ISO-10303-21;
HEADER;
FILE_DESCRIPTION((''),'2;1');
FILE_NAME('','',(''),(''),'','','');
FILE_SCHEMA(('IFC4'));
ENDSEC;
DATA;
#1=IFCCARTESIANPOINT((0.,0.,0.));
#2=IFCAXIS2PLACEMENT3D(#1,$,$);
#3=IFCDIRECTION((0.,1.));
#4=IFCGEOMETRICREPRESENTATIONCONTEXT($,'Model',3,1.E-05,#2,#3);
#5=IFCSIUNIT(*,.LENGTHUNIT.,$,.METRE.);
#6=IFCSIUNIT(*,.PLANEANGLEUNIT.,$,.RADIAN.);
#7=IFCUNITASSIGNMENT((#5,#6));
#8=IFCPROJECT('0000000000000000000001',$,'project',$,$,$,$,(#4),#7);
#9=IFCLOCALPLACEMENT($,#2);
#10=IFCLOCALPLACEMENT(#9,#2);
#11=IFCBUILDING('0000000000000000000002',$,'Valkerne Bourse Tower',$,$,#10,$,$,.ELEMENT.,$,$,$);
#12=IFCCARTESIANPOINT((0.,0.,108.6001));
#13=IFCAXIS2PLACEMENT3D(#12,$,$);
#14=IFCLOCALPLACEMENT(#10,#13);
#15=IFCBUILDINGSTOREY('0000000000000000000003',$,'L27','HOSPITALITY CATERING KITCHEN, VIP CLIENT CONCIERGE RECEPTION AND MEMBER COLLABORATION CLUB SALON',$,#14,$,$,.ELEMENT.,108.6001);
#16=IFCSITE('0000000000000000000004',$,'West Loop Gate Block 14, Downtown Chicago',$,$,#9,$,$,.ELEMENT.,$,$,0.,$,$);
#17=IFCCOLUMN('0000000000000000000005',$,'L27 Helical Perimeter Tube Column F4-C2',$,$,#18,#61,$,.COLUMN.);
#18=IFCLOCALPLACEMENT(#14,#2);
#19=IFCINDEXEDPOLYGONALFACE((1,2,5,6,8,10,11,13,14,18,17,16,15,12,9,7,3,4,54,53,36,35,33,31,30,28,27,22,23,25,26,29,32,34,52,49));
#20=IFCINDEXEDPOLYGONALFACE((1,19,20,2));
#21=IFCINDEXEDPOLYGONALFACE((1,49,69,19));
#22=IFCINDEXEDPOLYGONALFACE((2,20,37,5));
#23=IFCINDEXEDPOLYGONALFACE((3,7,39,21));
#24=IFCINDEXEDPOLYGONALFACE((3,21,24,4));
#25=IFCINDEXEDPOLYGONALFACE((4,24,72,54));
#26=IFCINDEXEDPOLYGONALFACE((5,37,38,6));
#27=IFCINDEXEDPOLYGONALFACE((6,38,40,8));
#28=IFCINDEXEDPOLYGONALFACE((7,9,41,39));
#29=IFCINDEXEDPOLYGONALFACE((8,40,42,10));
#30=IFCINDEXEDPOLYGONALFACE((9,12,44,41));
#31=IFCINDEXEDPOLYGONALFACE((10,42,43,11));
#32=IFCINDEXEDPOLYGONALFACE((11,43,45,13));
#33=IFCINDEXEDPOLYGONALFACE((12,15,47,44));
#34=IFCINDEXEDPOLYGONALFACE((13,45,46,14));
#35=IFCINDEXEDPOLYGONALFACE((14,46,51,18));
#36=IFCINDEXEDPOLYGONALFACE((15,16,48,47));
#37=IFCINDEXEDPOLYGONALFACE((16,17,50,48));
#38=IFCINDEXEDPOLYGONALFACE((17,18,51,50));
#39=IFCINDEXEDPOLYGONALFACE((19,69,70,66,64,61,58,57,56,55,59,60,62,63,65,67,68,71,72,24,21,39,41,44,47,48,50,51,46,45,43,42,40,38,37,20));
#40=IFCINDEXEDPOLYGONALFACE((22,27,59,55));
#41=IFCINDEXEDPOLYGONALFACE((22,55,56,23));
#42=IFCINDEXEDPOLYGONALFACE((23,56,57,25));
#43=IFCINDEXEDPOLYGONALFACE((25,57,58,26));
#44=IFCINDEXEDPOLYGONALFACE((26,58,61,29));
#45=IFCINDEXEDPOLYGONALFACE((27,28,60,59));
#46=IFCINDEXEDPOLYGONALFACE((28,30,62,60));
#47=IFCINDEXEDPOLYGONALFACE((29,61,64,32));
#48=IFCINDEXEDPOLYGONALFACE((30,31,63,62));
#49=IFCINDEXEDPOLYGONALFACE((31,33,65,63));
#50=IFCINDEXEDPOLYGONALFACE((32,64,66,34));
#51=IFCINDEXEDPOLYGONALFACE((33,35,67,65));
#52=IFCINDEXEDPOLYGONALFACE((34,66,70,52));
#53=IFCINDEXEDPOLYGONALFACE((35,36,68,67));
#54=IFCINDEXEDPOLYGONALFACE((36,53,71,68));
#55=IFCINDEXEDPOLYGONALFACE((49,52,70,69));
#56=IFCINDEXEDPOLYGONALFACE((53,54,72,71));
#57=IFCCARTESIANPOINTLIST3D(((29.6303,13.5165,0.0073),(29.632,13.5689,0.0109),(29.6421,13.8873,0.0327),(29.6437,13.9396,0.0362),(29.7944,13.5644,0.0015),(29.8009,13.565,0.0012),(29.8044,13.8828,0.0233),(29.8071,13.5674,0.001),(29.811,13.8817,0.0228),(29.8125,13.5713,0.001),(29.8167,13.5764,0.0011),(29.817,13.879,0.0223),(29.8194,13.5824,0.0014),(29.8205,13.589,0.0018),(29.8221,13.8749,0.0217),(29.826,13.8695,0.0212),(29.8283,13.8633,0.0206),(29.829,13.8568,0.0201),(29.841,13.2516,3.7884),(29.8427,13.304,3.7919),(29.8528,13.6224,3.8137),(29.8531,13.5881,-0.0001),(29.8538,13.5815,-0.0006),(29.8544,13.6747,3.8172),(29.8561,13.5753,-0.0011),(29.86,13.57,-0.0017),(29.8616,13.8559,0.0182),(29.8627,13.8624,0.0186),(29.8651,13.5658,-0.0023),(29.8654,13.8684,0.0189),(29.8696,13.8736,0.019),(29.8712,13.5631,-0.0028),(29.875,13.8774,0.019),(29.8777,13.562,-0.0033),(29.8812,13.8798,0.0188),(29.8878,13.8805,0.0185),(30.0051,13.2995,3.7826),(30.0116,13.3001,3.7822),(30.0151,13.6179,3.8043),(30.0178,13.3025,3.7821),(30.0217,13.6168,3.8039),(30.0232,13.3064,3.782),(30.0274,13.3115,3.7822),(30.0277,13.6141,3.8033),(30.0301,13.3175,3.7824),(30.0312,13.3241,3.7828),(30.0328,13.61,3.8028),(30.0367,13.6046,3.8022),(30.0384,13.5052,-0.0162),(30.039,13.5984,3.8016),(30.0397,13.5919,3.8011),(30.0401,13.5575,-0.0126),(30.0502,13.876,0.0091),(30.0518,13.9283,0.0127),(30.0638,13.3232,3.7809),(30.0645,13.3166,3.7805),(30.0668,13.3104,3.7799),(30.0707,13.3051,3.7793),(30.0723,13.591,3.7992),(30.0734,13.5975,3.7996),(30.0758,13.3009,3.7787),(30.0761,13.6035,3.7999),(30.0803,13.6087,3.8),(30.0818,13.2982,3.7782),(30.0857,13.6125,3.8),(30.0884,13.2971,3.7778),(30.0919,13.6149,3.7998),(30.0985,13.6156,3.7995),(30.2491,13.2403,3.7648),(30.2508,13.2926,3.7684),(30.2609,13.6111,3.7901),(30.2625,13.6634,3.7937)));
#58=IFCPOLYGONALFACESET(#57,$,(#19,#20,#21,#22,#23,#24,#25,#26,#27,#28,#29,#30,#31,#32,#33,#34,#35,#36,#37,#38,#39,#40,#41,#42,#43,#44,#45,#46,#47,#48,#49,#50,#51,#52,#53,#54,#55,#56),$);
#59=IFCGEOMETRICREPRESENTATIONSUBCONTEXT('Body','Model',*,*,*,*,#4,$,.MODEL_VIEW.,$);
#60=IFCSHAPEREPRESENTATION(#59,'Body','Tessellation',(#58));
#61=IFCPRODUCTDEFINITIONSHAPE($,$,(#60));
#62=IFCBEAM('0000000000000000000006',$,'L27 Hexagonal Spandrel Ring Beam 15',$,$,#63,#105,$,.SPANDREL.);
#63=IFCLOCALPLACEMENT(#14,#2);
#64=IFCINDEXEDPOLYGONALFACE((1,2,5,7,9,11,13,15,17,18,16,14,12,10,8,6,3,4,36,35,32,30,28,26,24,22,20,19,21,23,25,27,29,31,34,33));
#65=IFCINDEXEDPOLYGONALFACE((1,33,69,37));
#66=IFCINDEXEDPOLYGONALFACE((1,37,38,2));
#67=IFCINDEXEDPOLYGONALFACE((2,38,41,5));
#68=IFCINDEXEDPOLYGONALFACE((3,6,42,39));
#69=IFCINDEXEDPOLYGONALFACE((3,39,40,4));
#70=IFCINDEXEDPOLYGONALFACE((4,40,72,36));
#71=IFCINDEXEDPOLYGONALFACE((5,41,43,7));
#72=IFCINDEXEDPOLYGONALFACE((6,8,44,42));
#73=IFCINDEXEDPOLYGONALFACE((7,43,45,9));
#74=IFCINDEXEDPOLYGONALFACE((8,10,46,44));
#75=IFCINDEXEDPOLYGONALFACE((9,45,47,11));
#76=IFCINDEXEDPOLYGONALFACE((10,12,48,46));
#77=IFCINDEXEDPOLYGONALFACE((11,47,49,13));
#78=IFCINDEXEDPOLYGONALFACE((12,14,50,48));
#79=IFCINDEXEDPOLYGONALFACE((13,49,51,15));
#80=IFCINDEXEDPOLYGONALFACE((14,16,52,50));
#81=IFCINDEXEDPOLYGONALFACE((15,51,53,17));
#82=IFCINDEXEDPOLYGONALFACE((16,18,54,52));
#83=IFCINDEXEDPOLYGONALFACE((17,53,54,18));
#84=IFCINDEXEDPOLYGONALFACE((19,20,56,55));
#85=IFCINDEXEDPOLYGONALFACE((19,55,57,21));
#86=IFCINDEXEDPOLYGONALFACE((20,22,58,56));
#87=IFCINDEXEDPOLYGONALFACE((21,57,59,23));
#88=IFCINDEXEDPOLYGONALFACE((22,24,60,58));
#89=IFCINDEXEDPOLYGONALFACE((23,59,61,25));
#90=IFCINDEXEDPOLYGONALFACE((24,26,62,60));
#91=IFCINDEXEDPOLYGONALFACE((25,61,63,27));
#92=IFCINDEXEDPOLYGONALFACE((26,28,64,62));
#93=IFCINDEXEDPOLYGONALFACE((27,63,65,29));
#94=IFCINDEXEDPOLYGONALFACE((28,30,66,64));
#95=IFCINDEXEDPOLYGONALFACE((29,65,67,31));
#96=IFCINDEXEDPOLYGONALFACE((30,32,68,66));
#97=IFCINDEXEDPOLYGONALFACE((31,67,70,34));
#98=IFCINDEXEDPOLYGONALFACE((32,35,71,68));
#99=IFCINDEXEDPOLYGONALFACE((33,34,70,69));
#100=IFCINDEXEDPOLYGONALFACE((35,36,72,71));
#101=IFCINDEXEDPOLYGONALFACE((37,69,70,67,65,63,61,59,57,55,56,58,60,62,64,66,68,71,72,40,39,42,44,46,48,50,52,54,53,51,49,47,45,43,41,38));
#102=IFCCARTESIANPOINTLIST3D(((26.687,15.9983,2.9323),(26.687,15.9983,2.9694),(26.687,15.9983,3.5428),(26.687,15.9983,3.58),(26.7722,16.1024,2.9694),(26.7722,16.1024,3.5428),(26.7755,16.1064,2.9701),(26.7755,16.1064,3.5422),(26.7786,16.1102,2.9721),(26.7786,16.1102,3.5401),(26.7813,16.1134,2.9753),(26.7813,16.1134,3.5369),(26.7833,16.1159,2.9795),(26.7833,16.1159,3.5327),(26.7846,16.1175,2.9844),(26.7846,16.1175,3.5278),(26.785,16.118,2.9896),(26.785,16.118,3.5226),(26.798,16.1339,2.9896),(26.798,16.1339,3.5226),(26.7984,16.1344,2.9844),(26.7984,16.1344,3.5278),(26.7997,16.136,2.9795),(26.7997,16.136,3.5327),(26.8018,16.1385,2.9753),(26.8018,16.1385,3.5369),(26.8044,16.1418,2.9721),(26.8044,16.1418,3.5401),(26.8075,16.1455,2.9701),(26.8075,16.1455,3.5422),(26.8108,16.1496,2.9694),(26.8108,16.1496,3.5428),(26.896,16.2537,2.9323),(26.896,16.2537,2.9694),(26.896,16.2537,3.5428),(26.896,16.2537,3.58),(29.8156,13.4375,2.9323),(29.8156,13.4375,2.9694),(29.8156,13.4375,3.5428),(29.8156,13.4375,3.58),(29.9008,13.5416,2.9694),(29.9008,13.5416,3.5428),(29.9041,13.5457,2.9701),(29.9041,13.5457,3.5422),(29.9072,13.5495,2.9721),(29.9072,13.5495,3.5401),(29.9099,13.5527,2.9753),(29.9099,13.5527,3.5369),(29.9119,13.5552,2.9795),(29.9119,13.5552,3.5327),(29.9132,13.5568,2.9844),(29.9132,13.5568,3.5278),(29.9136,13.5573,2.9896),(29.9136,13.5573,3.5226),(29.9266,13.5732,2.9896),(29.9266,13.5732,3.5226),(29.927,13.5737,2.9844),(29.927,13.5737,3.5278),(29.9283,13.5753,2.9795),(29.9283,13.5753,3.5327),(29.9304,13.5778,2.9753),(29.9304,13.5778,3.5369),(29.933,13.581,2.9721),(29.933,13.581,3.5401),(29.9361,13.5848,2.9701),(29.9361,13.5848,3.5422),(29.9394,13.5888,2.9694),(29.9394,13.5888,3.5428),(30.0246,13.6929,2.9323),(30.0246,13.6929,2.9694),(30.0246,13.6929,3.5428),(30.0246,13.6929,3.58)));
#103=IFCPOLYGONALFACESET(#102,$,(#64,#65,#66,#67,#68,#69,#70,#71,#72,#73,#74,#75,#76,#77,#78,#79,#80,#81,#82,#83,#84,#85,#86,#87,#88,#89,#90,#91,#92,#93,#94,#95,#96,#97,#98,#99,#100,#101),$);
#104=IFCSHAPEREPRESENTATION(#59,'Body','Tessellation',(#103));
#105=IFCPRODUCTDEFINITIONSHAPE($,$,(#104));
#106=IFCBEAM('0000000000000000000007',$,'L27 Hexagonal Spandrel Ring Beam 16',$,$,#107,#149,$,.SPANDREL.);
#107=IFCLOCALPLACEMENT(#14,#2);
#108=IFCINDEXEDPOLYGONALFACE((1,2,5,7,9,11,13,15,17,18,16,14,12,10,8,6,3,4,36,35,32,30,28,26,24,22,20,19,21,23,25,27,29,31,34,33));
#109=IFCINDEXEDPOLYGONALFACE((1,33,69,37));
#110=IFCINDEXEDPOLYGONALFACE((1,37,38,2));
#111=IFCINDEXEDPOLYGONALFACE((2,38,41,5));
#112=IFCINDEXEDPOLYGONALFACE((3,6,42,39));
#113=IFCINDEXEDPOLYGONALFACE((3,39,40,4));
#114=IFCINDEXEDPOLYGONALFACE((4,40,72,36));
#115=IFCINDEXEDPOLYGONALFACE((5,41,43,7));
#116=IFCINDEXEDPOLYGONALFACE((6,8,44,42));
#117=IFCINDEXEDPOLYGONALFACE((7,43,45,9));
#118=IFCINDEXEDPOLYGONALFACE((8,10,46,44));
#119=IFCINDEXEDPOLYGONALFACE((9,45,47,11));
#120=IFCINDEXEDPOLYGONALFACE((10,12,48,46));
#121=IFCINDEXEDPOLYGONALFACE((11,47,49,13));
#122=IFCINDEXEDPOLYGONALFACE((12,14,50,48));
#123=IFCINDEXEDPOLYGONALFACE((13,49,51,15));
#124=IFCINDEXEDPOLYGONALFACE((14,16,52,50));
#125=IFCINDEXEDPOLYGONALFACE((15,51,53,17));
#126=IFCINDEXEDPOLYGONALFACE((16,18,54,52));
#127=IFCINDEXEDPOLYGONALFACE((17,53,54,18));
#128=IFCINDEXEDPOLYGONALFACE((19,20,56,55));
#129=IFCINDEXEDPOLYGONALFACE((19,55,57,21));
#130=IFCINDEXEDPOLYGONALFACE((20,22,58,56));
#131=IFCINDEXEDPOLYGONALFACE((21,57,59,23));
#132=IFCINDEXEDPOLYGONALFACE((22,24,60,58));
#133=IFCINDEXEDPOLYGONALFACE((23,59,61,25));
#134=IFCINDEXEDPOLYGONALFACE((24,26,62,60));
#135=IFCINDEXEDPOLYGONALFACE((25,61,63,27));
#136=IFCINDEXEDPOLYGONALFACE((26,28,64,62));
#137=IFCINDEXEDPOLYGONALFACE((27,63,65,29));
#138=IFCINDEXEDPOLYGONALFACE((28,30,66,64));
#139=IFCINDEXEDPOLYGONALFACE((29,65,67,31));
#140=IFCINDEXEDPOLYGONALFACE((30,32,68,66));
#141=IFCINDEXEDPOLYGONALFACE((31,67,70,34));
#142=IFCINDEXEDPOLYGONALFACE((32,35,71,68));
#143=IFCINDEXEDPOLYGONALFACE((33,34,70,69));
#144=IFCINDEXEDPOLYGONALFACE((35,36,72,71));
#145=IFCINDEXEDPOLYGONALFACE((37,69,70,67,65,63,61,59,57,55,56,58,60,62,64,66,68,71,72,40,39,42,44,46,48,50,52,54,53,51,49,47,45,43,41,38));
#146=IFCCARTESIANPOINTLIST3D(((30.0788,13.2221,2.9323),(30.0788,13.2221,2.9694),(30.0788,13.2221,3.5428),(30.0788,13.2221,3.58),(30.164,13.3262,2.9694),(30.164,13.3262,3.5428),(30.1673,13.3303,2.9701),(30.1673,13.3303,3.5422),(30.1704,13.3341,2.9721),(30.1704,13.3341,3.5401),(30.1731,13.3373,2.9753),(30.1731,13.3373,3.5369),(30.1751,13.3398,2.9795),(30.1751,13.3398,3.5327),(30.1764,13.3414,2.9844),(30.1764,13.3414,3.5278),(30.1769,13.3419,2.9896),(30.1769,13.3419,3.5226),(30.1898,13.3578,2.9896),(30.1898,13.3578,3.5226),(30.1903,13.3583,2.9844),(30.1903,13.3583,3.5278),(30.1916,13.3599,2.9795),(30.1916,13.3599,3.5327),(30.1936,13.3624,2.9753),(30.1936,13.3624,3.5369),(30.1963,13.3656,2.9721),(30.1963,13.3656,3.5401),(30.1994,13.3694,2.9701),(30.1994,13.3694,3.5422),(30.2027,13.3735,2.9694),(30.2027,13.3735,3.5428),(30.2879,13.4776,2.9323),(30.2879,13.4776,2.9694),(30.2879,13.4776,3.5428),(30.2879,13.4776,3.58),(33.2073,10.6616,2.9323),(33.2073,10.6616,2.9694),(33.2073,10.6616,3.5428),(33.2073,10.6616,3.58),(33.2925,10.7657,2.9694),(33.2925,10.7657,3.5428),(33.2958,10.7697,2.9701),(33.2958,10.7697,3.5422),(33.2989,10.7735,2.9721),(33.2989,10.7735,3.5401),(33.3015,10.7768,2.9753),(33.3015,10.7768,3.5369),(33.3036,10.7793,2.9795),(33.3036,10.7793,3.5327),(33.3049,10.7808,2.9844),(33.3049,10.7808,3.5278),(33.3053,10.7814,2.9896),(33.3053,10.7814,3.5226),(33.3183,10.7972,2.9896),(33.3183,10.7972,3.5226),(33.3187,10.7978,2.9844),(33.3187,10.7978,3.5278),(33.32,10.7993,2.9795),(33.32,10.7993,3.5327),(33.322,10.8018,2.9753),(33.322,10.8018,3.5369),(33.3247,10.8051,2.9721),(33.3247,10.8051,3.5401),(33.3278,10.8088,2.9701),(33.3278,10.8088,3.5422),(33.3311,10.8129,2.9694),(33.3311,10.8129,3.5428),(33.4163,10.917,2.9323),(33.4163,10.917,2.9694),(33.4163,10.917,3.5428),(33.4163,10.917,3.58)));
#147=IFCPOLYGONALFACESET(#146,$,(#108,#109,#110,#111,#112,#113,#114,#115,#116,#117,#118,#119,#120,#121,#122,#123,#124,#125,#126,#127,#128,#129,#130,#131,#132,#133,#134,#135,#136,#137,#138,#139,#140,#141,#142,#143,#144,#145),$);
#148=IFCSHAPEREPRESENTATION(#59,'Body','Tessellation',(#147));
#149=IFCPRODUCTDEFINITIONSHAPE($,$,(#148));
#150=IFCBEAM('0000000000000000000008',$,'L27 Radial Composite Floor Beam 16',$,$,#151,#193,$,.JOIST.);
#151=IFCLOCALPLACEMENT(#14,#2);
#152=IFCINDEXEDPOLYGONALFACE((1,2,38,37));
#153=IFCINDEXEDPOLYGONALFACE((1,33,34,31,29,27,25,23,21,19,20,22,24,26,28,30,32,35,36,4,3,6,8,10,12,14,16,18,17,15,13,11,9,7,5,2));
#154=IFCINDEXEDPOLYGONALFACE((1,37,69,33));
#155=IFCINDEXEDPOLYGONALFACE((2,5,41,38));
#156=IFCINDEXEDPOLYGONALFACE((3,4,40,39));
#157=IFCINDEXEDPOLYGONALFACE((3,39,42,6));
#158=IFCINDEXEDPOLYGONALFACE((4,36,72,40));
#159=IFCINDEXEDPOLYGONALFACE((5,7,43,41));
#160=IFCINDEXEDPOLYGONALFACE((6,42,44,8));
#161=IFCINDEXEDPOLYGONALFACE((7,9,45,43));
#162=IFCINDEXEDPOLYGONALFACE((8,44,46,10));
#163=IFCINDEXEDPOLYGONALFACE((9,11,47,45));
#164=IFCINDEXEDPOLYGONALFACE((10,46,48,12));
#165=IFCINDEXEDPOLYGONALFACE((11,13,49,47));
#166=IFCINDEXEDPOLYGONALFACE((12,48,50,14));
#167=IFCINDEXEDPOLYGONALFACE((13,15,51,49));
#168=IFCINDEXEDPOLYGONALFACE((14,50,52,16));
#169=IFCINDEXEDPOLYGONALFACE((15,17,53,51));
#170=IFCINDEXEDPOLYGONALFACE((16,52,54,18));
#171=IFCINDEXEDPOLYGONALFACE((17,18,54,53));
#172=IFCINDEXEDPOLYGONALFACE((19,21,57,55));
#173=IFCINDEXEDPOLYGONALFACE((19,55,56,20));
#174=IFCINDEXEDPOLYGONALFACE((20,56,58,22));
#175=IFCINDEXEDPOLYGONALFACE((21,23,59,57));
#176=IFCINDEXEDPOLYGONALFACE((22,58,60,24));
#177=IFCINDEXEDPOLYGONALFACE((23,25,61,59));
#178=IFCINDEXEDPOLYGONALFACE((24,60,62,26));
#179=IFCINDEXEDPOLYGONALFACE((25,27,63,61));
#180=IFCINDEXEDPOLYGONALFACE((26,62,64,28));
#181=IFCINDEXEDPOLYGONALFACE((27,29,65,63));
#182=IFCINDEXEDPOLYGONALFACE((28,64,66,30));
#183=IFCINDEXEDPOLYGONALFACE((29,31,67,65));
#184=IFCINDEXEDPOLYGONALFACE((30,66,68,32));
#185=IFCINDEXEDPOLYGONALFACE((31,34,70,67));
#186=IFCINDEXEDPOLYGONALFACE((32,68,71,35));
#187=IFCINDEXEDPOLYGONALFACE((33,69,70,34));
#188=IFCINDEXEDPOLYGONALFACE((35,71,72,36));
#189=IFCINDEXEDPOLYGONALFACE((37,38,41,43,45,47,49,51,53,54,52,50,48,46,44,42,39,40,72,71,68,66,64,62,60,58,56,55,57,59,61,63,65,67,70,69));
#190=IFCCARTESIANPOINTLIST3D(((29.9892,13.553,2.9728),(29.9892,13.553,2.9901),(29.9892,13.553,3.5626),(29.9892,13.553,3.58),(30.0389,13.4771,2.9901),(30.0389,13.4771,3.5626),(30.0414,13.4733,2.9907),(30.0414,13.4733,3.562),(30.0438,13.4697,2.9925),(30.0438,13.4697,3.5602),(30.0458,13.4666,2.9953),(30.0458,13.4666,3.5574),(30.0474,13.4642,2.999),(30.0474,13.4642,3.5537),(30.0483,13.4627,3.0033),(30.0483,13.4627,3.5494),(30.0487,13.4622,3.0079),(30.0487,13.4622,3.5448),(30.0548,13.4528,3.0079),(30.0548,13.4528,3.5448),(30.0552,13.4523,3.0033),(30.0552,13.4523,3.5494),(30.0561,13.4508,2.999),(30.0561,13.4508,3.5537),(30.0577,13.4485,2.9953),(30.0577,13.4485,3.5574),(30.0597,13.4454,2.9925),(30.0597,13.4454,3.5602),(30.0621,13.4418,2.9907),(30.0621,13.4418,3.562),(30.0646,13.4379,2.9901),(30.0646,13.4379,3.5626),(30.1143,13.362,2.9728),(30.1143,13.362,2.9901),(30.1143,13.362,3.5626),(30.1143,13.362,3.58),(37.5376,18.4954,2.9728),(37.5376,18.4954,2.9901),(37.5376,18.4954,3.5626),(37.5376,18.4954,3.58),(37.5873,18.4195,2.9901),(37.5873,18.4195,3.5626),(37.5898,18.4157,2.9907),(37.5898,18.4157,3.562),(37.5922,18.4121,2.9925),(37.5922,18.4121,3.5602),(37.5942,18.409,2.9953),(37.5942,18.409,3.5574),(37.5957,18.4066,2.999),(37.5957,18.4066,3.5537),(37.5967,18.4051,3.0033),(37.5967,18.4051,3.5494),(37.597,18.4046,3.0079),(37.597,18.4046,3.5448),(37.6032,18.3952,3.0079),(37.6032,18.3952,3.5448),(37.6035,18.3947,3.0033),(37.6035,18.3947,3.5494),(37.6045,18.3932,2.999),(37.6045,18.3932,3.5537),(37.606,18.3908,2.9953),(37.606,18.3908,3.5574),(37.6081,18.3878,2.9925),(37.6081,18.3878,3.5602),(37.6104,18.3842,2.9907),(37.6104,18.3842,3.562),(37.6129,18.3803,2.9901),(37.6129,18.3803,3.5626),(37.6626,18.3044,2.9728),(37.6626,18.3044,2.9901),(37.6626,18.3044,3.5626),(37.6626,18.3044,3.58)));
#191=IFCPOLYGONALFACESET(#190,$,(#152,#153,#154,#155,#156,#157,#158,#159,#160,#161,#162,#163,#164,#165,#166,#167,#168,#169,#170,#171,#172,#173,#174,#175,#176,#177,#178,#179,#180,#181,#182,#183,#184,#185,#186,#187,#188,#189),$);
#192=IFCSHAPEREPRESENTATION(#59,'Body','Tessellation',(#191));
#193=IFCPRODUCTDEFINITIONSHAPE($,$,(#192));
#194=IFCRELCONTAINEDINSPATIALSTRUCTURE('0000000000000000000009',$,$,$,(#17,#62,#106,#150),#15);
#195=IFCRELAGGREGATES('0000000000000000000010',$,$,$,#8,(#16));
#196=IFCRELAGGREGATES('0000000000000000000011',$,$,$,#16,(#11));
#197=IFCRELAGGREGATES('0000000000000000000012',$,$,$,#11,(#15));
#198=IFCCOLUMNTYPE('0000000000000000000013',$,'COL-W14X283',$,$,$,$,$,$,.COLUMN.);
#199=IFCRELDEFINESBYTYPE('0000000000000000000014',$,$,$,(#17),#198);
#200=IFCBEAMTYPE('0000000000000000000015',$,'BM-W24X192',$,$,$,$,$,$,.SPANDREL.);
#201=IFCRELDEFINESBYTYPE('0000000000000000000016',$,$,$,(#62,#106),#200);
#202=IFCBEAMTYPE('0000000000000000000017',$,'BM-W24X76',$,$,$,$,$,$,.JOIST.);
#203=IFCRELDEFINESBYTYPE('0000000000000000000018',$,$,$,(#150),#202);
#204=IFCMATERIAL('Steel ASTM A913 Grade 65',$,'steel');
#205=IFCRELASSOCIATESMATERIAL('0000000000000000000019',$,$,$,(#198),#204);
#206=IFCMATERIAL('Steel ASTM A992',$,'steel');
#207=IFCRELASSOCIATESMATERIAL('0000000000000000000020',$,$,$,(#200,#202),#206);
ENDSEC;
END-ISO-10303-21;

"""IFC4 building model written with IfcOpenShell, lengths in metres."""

from ifc_helpers import new_model, si_unit, direction, frame, origin, origin_2d, place, context, subcontext, project, spatial, i_section, extrude, material, material_profile, profile_set, type_object, element, save


model = new_model("IFC4")

# Units and contexts
model_context = context("Model", 3, precision=1e-05, world=origin(), true_north=direction((0.0, 1.0)))
body_context = subcontext(model_context, "Body", "Model", "MODEL_VIEW")
ifc_project = project(units=[si_unit("LENGTHUNIT", "METRE"), si_unit("PLANEANGLEUNIT", "RADIAN")], contexts=[model_context])

# Site, building, storey
site_placement = place(None, origin())
site = spatial("IfcSite", under=ifc_project, at=site_placement, Name="West Loop Gate Block 14, Downtown Chicago", CompositionType="ELEMENT", RefElevation=0.0)
building_placement = place(site_placement, origin())
building = spatial("IfcBuilding", under=site, at=building_placement, Name="Valkerne Bourse Tower", CompositionType="ELEMENT")
storey_placement = place(building_placement, frame((0.0, 0.0, 108.6001)))
storey = spatial("IfcBuildingStorey", under=building, at=storey_placement, Name="L27", Description="HOSPITALITY CATERING KITCHEN, VIP CLIENT CONCIERGE RECEPTION AND MEMBER COLLABORATION CLUB SALON", CompositionType="ELEMENT", Elevation=108.6001)

# Column
ifc_material_1 = material(Name="Steel ASTM A913 Grade 65", Category="steel")
ifc_material_profile_1 = material_profile(ifc_material_1, i_section(OverallWidth=0.4089, OverallDepth=0.4243, WebThickness=0.0327, FlangeThickness=0.0525, FilletRadius=0.0254, at=origin_2d()), Name="W14X283")
ifc_profile_set_1 = profile_set([ifc_material_profile_1], Name="Steel ASTM A913 Grade 65")
column_type = type_object("IfcColumnType", Name="COL-W14X283", PredefinedType="COLUMN", material=ifc_profile_set_1)
column_placement = place(storey_placement, frame((29.8411, 13.7224, 0.01), z_axis=(0.055502, -0.06978, 0.996017), x_axis=(0.997959, -0.027681, -0.05755)))
element("IfcColumn", 1, at=column_placement, inside=storey, type_object=column_type, Name="L27 Helical Perimeter Tube Column F4-C2", PredefinedType="COLUMN", context=body_context, shape_type="SweptSolid", body=[
    extrude(i_section(OverallWidth=0.4089, OverallDepth=0.4243, WebThickness=0.0327, FlangeThickness=0.0525, FilletRadius=0.0254, at=origin_2d()), origin(), (0.0, 0.0, 1.0), 3.7961),
])

# Beams
ifc_material_2 = material(Name="Steel ASTM A992", Category="steel")
ifc_material_profile_2 = material_profile(ifc_material_2, i_section(OverallWidth=0.3301, OverallDepth=0.6477, WebThickness=0.0205, FlangeThickness=0.0371, FilletRadius=0.0203, at=origin_2d()), Name="W24X192")
ifc_profile_set_2 = profile_set([ifc_material_profile_2], Name="Steel ASTM A992")
beam_type_1 = type_object("IfcBeamType", Name="BM-W24X192", PredefinedType="SPANDREL", material=ifc_profile_set_2)
beam_1_placement = place(storey_placement, frame((26.7915, 16.126, 3.2561), z_axis=(0.773839, -0.633382, 0.0), x_axis=(0.633382, 0.773839, 0.0)))
element("IfcBeam", 2, at=beam_1_placement, inside=storey, type_object=beam_type_1, Name="L27 Hexagonal Spandrel Ring Beam 15", PredefinedType="SPANDREL", context=body_context, shape_type="SweptSolid", body=[
    extrude(i_section(OverallWidth=0.3301, OverallDepth=0.6477, WebThickness=0.0205, FlangeThickness=0.0371, FilletRadius=0.0203, at=origin_2d()), origin(), (0.0, 0.0, 1.0), 4.043),
])
beam_2_placement = place(storey_placement, frame((30.1833, 13.3499, 3.2561), z_axis=(0.773844, -0.633376, 0.0), x_axis=(0.633376, 0.773844, 0.0)))
element("IfcBeam", 3, at=beam_2_placement, inside=storey, type_object=beam_type_1, Name="L27 Hexagonal Spandrel Ring Beam 16", PredefinedType="SPANDREL", context=body_context, shape_type="SweptSolid", body=[
    extrude(i_section(OverallWidth=0.3301, OverallDepth=0.6477, WebThickness=0.0205, FlangeThickness=0.0371, FilletRadius=0.0203, at=origin_2d()), origin(), (0.0, 0.0, 1.0), 4.0427),
])
ifc_material_profile_3 = material_profile(ifc_material_2, i_section(OverallWidth=0.2283, OverallDepth=0.6072, WebThickness=0.0112, FlangeThickness=0.0173, FilletRadius=0.0178, at=origin_2d()), Name="W24X76")
ifc_profile_set_3 = profile_set([ifc_material_profile_3], Name="Steel ASTM A992")
beam_type_2 = type_object("IfcBeamType", Name="BM-W24X76", PredefinedType="JOIST", material=ifc_profile_set_3)
beam_3_placement = place(storey_placement, frame((30.0518, 13.4575, 3.2764), z_axis=(0.836618, 0.547787, 0.0), x_axis=(-0.547787, 0.836618, 0.0)))
element("IfcBeam", 4, at=beam_3_placement, inside=storey, type_object=beam_type_2, Name="L27 Radial Composite Floor Beam 16", PredefinedType="JOIST", context=body_context, shape_type="SweptSolid", body=[
    extrude(i_section(OverallWidth=0.2283, OverallDepth=0.6072, WebThickness=0.0112, FlangeThickness=0.0173, FilletRadius=0.0178, at=origin_2d()), origin(), (0.0, 0.0, 1.0), 9.0225),
])

save(model, "model.ifc")
